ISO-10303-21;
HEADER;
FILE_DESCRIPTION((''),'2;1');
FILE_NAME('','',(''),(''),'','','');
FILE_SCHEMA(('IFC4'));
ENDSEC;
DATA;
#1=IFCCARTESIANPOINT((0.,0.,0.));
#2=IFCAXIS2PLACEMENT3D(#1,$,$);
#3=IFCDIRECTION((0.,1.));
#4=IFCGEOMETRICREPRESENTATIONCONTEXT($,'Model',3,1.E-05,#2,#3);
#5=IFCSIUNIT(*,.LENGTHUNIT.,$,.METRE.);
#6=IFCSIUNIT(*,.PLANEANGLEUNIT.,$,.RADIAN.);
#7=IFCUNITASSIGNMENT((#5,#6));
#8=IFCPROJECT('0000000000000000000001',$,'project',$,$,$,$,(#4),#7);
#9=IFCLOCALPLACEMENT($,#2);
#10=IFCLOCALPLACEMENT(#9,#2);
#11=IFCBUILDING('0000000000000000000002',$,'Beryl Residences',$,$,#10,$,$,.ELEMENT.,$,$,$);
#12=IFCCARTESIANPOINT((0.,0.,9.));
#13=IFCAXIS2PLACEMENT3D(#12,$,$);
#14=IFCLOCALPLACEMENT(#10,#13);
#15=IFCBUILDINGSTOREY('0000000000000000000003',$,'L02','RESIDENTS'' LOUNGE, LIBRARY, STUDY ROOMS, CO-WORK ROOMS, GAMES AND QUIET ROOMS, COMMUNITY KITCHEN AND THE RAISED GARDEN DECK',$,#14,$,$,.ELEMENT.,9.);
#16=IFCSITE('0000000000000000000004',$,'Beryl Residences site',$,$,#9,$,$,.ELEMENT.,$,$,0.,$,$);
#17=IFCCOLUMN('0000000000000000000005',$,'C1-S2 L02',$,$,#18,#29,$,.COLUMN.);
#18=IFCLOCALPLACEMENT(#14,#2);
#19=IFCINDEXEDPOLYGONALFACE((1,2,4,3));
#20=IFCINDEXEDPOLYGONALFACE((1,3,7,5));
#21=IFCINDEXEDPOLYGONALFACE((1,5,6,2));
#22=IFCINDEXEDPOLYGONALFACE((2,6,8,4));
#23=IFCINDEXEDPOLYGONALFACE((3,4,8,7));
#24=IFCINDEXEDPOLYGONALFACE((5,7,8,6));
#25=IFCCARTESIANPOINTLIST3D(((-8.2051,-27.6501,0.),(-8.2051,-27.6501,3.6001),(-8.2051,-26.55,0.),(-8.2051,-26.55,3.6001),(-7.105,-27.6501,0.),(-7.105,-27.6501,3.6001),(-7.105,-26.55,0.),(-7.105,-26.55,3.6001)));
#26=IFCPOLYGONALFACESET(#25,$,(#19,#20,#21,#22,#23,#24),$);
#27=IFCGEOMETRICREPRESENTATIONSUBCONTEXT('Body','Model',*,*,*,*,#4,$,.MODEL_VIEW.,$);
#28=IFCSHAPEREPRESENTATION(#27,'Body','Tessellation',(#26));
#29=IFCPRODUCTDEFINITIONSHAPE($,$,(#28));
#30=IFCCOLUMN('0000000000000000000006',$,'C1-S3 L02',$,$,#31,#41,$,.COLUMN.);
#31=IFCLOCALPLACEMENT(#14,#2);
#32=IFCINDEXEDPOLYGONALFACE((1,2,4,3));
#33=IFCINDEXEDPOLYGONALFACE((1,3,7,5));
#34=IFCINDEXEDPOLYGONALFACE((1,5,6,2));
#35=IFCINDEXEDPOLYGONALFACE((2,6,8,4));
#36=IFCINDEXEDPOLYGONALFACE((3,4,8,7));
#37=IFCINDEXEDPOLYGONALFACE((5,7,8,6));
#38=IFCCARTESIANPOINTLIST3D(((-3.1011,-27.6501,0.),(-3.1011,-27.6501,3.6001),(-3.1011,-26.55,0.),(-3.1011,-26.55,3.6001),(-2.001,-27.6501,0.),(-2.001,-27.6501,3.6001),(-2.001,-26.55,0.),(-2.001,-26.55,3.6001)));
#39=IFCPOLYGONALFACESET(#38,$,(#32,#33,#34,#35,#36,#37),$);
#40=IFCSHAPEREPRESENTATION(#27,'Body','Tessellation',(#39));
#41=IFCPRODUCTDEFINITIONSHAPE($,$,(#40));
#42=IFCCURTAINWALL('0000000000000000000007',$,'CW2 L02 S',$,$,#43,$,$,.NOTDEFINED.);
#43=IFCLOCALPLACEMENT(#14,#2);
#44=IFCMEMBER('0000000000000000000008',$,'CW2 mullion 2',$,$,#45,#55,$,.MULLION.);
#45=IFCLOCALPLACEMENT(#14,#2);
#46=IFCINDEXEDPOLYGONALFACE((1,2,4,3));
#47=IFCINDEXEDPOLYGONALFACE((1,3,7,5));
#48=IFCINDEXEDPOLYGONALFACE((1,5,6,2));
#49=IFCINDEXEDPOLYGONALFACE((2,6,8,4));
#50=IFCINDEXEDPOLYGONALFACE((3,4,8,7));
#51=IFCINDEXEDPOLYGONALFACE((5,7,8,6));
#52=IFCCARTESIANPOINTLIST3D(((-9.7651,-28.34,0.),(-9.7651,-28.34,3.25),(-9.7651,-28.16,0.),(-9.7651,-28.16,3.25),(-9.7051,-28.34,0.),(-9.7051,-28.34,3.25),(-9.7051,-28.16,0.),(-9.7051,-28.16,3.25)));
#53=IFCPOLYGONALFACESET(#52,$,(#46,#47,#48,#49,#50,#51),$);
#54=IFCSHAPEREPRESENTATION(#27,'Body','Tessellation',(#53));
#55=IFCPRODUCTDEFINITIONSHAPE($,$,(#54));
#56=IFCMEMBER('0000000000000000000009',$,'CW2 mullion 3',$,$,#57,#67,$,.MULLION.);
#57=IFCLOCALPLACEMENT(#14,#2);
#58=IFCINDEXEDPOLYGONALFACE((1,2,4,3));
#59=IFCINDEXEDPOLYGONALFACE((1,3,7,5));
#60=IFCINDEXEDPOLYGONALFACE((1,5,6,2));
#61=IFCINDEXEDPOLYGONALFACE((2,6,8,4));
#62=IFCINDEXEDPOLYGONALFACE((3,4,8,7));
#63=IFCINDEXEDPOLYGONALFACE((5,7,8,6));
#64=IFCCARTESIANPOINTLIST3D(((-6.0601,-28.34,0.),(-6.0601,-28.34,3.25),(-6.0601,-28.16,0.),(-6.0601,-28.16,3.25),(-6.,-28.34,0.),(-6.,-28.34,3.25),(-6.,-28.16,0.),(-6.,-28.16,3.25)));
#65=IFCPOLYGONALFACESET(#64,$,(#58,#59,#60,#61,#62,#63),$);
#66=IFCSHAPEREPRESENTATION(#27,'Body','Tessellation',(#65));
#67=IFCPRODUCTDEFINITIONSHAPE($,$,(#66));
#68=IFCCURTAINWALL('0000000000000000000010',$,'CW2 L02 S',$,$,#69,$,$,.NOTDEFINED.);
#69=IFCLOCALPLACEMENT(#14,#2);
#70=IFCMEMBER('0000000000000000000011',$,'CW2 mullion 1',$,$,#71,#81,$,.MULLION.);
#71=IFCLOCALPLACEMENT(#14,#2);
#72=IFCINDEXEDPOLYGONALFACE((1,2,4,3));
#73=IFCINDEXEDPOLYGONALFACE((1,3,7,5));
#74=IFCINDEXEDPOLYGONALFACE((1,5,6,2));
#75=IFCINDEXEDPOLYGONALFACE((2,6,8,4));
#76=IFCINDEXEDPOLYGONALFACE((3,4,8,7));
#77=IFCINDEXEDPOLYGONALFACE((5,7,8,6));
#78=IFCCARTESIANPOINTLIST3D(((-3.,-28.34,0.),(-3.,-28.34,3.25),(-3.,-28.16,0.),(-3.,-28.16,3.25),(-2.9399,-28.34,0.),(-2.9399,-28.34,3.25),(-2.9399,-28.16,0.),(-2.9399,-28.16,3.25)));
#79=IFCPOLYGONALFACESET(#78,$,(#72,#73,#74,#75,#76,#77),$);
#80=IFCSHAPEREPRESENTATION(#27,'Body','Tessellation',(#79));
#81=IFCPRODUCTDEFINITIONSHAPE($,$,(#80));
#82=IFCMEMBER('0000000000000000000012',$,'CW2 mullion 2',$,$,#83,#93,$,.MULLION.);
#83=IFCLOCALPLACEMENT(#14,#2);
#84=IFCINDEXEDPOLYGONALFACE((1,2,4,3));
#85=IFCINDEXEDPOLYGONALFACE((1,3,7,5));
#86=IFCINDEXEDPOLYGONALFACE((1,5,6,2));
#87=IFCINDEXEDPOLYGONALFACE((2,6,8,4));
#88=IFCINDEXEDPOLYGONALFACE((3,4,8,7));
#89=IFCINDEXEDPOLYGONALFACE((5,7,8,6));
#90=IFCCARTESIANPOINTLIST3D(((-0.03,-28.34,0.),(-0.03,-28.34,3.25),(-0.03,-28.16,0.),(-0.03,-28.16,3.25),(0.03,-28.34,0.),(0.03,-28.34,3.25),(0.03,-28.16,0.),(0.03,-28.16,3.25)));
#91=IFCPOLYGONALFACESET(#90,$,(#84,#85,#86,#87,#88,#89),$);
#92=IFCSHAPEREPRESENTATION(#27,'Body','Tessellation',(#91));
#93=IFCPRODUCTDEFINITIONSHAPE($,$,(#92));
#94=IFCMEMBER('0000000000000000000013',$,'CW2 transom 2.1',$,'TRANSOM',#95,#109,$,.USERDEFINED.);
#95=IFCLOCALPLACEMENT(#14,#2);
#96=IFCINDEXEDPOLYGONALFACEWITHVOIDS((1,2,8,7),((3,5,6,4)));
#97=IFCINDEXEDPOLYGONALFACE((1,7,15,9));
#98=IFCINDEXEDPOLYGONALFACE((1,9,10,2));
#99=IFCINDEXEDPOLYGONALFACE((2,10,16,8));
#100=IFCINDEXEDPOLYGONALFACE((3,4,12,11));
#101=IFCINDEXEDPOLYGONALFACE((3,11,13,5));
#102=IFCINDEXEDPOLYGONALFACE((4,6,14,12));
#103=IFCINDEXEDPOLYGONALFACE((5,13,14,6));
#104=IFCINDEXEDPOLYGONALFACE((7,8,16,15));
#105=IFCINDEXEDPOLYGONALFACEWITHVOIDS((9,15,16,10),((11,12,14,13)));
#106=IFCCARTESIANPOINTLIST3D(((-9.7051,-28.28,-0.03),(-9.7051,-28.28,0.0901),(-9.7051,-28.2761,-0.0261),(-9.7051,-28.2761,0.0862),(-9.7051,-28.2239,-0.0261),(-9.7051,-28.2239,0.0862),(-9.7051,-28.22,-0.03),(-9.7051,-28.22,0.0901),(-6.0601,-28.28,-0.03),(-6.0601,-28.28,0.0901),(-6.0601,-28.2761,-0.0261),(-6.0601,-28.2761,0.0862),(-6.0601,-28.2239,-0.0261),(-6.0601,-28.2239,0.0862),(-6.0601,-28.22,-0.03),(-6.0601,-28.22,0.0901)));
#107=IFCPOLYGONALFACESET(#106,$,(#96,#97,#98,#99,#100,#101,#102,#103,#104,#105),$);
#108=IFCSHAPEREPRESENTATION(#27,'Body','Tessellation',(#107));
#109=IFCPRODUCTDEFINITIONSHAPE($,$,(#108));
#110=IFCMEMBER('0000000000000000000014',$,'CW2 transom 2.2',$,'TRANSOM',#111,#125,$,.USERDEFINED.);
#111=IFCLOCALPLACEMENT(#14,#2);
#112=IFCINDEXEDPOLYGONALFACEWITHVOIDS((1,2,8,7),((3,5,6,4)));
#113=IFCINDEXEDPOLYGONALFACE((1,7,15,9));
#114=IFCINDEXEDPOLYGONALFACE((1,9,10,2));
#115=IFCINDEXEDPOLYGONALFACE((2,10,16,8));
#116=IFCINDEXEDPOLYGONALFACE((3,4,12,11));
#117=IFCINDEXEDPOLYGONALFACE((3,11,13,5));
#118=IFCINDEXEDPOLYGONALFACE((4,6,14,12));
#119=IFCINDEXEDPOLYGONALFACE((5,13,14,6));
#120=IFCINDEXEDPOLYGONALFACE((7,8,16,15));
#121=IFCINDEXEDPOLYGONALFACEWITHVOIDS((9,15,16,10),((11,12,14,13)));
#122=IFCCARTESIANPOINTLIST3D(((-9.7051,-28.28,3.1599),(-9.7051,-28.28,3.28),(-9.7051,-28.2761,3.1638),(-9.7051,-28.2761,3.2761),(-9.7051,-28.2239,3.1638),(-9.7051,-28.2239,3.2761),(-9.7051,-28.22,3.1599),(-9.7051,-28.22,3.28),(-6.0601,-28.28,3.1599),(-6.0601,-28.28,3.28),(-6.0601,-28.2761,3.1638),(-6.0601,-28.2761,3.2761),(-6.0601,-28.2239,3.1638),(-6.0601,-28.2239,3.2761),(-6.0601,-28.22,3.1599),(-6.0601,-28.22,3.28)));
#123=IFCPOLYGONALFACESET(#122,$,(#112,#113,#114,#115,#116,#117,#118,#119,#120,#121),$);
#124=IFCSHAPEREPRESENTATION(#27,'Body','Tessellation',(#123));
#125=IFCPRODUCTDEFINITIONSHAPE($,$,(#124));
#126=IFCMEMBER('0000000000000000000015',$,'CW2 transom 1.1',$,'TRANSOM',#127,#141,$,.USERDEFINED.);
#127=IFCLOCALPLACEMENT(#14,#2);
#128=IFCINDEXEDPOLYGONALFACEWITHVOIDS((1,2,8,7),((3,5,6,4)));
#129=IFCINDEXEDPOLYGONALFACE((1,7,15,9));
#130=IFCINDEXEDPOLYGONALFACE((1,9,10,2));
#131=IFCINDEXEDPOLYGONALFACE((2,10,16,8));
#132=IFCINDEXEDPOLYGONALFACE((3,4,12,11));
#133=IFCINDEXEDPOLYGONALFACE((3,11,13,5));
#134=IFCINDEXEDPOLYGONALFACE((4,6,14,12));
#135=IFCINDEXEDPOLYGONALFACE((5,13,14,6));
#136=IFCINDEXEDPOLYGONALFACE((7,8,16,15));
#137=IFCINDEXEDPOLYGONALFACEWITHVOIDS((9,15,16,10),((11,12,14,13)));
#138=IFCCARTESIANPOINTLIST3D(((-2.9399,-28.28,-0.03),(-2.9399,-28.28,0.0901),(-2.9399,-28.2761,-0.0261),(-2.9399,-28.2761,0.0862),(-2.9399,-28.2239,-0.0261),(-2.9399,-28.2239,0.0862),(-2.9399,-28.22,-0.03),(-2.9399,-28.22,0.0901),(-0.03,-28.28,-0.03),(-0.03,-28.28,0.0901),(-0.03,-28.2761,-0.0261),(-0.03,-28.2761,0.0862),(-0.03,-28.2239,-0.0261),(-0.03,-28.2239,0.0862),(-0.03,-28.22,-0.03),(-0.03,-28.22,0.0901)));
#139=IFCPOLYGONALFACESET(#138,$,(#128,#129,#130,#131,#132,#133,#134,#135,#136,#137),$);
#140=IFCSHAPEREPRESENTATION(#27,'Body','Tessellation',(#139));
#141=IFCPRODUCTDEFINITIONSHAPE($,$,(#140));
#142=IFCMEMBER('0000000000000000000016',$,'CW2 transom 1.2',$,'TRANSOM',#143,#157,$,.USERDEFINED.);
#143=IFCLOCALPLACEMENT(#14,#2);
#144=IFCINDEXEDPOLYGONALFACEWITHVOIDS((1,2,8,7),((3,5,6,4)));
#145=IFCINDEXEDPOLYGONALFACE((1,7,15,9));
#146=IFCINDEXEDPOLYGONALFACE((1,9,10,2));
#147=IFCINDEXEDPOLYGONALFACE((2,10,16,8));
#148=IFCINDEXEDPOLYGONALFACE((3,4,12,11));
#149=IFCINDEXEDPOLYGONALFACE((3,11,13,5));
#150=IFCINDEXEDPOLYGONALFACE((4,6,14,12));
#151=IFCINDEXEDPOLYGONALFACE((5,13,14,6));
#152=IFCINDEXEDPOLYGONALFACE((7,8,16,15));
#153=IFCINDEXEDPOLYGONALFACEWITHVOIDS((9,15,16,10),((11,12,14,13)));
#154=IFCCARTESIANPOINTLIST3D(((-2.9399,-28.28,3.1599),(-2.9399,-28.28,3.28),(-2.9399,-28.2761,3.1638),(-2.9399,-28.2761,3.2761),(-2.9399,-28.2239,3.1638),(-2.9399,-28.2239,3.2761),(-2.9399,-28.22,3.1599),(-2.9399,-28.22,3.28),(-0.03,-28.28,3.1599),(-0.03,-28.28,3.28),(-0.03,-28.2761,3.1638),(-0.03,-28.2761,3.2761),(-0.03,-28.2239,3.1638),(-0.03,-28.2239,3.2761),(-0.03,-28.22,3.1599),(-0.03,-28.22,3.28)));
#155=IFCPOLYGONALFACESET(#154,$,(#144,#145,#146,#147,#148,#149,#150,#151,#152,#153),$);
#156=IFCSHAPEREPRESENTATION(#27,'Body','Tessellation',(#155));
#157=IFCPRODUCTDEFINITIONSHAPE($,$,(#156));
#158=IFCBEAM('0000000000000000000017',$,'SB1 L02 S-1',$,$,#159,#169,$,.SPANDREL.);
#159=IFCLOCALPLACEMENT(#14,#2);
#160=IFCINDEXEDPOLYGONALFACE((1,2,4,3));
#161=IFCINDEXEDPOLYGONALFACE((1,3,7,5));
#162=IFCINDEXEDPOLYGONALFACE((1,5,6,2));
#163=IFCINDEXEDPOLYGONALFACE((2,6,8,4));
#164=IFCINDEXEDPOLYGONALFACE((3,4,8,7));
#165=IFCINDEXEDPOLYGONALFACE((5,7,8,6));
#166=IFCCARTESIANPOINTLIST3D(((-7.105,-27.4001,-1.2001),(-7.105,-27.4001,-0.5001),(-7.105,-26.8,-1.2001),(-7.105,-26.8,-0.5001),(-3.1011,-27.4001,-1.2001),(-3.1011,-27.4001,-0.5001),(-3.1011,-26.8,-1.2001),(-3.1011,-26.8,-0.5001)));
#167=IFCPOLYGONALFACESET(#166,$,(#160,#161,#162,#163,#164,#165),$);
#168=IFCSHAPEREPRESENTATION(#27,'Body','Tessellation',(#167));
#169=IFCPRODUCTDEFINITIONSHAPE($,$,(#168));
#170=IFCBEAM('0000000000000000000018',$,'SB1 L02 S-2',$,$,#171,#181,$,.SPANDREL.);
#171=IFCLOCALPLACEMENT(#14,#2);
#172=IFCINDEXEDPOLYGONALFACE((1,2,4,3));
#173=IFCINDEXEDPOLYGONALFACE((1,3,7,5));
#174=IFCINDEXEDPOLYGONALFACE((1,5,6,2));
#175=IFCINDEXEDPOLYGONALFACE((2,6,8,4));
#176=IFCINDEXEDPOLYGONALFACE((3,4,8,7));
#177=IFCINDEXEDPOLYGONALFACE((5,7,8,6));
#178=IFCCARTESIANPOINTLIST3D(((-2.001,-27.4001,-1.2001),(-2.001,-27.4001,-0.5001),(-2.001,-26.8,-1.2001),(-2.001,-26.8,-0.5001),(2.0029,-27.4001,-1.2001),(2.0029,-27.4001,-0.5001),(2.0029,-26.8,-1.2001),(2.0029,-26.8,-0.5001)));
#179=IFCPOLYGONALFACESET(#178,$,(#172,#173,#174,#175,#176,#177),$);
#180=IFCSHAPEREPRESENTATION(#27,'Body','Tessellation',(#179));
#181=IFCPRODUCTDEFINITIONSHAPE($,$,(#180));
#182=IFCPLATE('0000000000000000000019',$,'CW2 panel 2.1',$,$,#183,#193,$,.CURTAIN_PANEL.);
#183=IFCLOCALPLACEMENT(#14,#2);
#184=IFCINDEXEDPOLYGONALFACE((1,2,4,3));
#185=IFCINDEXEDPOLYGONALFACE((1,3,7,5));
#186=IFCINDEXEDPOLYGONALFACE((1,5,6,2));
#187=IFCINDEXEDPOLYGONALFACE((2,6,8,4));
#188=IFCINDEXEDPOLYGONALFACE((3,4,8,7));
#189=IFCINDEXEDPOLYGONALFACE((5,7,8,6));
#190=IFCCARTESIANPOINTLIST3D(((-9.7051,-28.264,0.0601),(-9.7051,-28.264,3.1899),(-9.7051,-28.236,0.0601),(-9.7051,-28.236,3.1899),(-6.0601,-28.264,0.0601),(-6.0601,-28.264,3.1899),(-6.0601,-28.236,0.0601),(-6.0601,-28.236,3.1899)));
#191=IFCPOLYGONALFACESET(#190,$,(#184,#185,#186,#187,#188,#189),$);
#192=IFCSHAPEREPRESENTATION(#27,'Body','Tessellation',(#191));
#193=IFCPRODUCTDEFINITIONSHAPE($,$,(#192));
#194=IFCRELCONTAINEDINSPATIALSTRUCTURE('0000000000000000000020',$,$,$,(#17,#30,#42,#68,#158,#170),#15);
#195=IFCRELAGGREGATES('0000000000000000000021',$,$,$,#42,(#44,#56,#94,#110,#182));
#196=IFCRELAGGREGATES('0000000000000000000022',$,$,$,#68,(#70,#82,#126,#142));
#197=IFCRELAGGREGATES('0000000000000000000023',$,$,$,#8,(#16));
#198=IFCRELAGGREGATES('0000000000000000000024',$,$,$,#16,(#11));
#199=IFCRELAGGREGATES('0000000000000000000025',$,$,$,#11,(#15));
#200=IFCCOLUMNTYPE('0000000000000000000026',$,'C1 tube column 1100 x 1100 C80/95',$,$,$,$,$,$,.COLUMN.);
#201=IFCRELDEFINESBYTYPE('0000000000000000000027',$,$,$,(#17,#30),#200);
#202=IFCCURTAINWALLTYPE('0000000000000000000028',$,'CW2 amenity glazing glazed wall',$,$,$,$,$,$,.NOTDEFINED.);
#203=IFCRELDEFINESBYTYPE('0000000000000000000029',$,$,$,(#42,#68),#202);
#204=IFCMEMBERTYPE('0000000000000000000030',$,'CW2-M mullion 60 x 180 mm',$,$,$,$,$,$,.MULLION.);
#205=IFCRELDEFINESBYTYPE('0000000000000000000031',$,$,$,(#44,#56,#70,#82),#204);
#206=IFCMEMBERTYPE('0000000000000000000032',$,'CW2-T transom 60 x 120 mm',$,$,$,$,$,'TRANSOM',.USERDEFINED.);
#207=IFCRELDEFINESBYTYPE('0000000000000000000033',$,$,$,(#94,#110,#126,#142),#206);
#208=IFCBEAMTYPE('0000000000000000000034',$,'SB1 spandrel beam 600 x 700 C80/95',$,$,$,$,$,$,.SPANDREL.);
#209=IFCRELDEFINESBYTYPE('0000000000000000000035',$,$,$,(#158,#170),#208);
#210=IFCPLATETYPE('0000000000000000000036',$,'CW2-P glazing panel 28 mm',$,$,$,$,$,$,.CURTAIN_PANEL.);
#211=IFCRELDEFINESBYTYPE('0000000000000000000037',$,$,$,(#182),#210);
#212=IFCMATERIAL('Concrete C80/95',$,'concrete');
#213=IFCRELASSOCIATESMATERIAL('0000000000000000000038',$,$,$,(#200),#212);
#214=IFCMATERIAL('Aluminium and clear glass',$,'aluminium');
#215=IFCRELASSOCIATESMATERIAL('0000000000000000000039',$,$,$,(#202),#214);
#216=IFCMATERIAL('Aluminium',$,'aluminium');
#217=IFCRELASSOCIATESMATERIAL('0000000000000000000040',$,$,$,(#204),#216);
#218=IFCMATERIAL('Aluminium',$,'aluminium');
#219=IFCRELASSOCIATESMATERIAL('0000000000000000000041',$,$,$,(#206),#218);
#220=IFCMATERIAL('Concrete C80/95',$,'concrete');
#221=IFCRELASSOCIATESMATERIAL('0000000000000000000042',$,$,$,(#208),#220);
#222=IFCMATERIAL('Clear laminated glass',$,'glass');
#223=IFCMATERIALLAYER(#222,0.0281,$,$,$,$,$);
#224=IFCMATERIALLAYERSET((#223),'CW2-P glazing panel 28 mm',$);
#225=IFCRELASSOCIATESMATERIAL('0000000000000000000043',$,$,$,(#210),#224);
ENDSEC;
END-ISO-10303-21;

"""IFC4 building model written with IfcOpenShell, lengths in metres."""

from ifc_helpers import new_model, si_unit, direction, frame, origin, origin_2d, place, context, subcontext, project, spatial, rectangle, hollow_rectangle, extrude, material, layer, layer_set, material_profile, profile_set, type_object, element, aggregate, save


model = new_model("IFC4")

# Units and contexts
model_context = context("Model", 3, precision=1e-05, world=origin(), true_north=direction((0.0, 1.0)))
body_context = subcontext(model_context, "Body", "Model", "MODEL_VIEW")
ifc_project = project(units=[si_unit("LENGTHUNIT", "METRE"), si_unit("PLANEANGLEUNIT", "RADIAN")], contexts=[model_context])

# Site, building, storey
site_placement = place(None, origin())
site = spatial("IfcSite", under=ifc_project, at=site_placement, Name="Beryl Residences site", CompositionType="ELEMENT", RefElevation=0.0)
building_placement = place(site_placement, origin())
building = spatial("IfcBuilding", under=site, at=building_placement, Name="Beryl Residences", CompositionType="ELEMENT")
storey_placement = place(building_placement, frame((0.0, 0.0, 9.0)))
storey = spatial("IfcBuildingStorey", under=building, at=storey_placement, Name="L02", Description="RESIDENTS' LOUNGE, LIBRARY, STUDY ROOMS, CO-WORK ROOMS, GAMES AND QUIET ROOMS, COMMUNITY KITCHEN AND THE RAISED GARDEN DECK", CompositionType="ELEMENT", Elevation=9.0)

# Columns
ifc_material_1 = material(Name="Concrete C80/95", Category="concrete")
ifc_material_profile_1 = material_profile(ifc_material_1, rectangle(XDim=1.1001, YDim=1.1001, at=origin_2d()))
ifc_profile_set_1 = profile_set([ifc_material_profile_1], Name="Concrete C80/95")
column_type = type_object("IfcColumnType", Name="C1 tube column 1100 x 1100 C80/95", PredefinedType="COLUMN", material=ifc_profile_set_1)
for number, where, z_axis, x_axis, name in (
    (1, (-7.655, -27.1001, 0.0), (0.0, 0.0, 1.0), (1.0, 0.0, 0.0), "C1-S2 L02"),
    (2, (-2.551, -27.1001, 0.0), (0.0, 0.0, 1.0), (1.0, 0.0, 0.0), "C1-S3 L02"),
):
    element("IfcColumn", number, at=place(storey_placement, frame(where, z_axis=z_axis, x_axis=x_axis)), inside=storey, type_object=column_type, Name=name, PredefinedType="COLUMN", context=body_context, shape_type="SweptSolid", body=[
        extrude(rectangle(XDim=1.1001, YDim=1.1001, at=origin_2d()), origin(), (0.0, 0.0, 1.0), 3.6001),
    ])

# Curtain walls, members
ifc_material_2 = material(Name="Aluminium and clear glass", Category="aluminium")
curtain_wall_type = type_object("IfcCurtainWallType", Name="CW2 amenity glazing glazed wall", PredefinedType="NOTDEFINED", material=ifc_material_2)
curtain_wall_1_placement = place(storey_placement, origin())
curtain_wall_1 = element("IfcCurtainWall", 3, at=curtain_wall_1_placement, inside=storey, type_object=curtain_wall_type, Name="CW2 L02 S", PredefinedType="NOTDEFINED")
ifc_material_3 = material(Name="Aluminium", Category="aluminium")
ifc_material_profile_2 = material_profile(ifc_material_3, rectangle(XDim=0.0601, YDim=0.1799, at=origin_2d()))
ifc_profile_set_2 = profile_set([ifc_material_profile_2], Name="Aluminium")
member_type_1 = type_object("IfcMemberType", Name="CW2-M mullion 60 x 180 mm", PredefinedType="MULLION", material=ifc_profile_set_2)
member_1_placement = place(storey_placement, frame((-9.7351, -28.25, 0.0), z_axis=(0.0, 0.0, 1.0), x_axis=(1.0, 0.0, 0.0)))
member_1 = element("IfcMember", 4, at=member_1_placement, type_object=member_type_1, Name="CW2 mullion 2", PredefinedType="MULLION", context=body_context, shape_type="SweptSolid", body=[
    extrude(rectangle(XDim=0.0601, YDim=0.1799, at=origin_2d()), origin(), (0.0, 0.0, 1.0), 3.25),
])
member_2_placement = place(storey_placement, frame((-6.03, -28.25, 0.0), z_axis=(0.0, 0.0, 1.0), x_axis=(1.0, 0.0, 0.0)))
member_2 = element("IfcMember", 5, at=member_2_placement, type_object=member_type_1, Name="CW2 mullion 3", PredefinedType="MULLION", context=body_context, shape_type="SweptSolid", body=[
    extrude(rectangle(XDim=0.0601, YDim=0.1799, at=origin_2d()), origin(), (0.0, 0.0, 1.0), 3.25),
])
curtain_wall_2_placement = place(storey_placement, origin())
curtain_wall_2 = element("IfcCurtainWall", 6, at=curtain_wall_2_placement, inside=storey, type_object=curtain_wall_type, Name="CW2 L02 S", PredefinedType="NOTDEFINED")
member_3_placement = place(storey_placement, frame((-2.97, -28.25, 0.0), z_axis=(0.0, 0.0, 1.0), x_axis=(1.0, 0.0, 0.0)))
member_3 = element("IfcMember", 7, at=member_3_placement, type_object=member_type_1, Name="CW2 mullion 1", PredefinedType="MULLION", context=body_context, shape_type="SweptSolid", body=[
    extrude(rectangle(XDim=0.0601, YDim=0.1799, at=origin_2d()), origin(), (0.0, 0.0, 1.0), 3.25),
])
member_4_placement = place(storey_placement, frame((0.0, -28.25, 0.0), z_axis=(0.0, 0.0, 1.0), x_axis=(1.0, 0.0, 0.0)))
member_4 = element("IfcMember", 8, at=member_4_placement, type_object=member_type_1, Name="CW2 mullion 2", PredefinedType="MULLION", context=body_context, shape_type="SweptSolid", body=[
    extrude(rectangle(XDim=0.0601, YDim=0.1799, at=origin_2d()), origin(), (0.0, 0.0, 1.0), 3.25),
])

# Members
ifc_material_4 = material(Name="Aluminium", Category="aluminium")
ifc_material_profile_3 = material_profile(ifc_material_4, hollow_rectangle(XDim=0.0601, YDim=0.1201, WallThickness=0.0039, at=origin_2d()))
ifc_profile_set_3 = profile_set([ifc_material_profile_3], Name="Aluminium")
member_type_2 = type_object("IfcMemberType", Name="CW2-T transom 60 x 120 mm", ElementType="TRANSOM", PredefinedType="USERDEFINED", material=ifc_profile_set_3)
member_5_placement = place(storey_placement, frame((-9.7051, -28.25, 0.03), z_axis=(1.0, 0.0, 0.0), x_axis=(0.0, 1.0, 0.0)))
member_5 = element("IfcMember", 9, at=member_5_placement, type_object=member_type_2, Name="CW2 transom 2.1", ObjectType="TRANSOM", PredefinedType="USERDEFINED", context=body_context, shape_type="SweptSolid", body=[
    extrude(hollow_rectangle(XDim=0.0601, YDim=0.1201, WallThickness=0.0039, at=origin_2d()), origin(), (0.0, 0.0, 1.0), 3.645),
])
member_6_placement = place(storey_placement, frame((-9.7051, -28.25, 3.22), z_axis=(1.0, 0.0, 0.0), x_axis=(0.0, 1.0, 0.0)))
member_6 = element("IfcMember", 10, at=member_6_placement, type_object=member_type_2, Name="CW2 transom 2.2", ObjectType="TRANSOM", PredefinedType="USERDEFINED", context=body_context, shape_type="SweptSolid", body=[
    extrude(hollow_rectangle(XDim=0.0601, YDim=0.1201, WallThickness=0.0039, at=origin_2d()), origin(), (0.0, 0.0, 1.0), 3.645),
])
member_7_placement = place(storey_placement, frame((-2.9399, -28.25, 0.03), z_axis=(1.0, 0.0, 0.0), x_axis=(0.0, 1.0, 0.0)))
member_7 = element("IfcMember", 11, at=member_7_placement, type_object=member_type_2, Name="CW2 transom 1.1", ObjectType="TRANSOM", PredefinedType="USERDEFINED", context=body_context, shape_type="SweptSolid", body=[
    extrude(hollow_rectangle(XDim=0.0601, YDim=0.1201, WallThickness=0.0039, at=origin_2d()), origin(), (0.0, 0.0, 1.0), 2.9099),
])
member_8_placement = place(storey_placement, frame((-2.9399, -28.25, 3.22), z_axis=(1.0, 0.0, 0.0), x_axis=(0.0, 1.0, 0.0)))
member_8 = element("IfcMember", 12, at=member_8_placement, type_object=member_type_2, Name="CW2 transom 1.2", ObjectType="TRANSOM", PredefinedType="USERDEFINED", context=body_context, shape_type="SweptSolid", body=[
    extrude(hollow_rectangle(XDim=0.0601, YDim=0.1201, WallThickness=0.0039, at=origin_2d()), origin(), (0.0, 0.0, 1.0), 2.9099),
])

# Beams
ifc_material_5 = material(Name="Concrete C80/95", Category="concrete")
ifc_material_profile_4 = material_profile(ifc_material_5, rectangle(XDim=0.6001, YDim=0.7, at=origin_2d()))
ifc_profile_set_4 = profile_set([ifc_material_profile_4], Name="Concrete C80/95")
beam_type = type_object("IfcBeamType", Name="SB1 spandrel beam 600 x 700 C80/95", PredefinedType="SPANDREL", material=ifc_profile_set_4)
for number, where, z_axis, x_axis, name in (
    (13, (-7.105, -27.1001, -0.8501), (1.0, 0.0, 0.0), (0.0, 1.0, 0.0), "SB1 L02 S-1"),
    (14, (-2.001, -27.1001, -0.8501), (1.0, 0.0, 0.0), (0.0, 1.0, 0.0), "SB1 L02 S-2"),
):
    element("IfcBeam", number, at=place(storey_placement, frame(where, z_axis=z_axis, x_axis=x_axis)), inside=storey, type_object=beam_type, Name=name, PredefinedType="SPANDREL", context=body_context, shape_type="SweptSolid", body=[
        extrude(rectangle(XDim=0.6001, YDim=0.7, at=origin_2d()), origin(), (0.0, 0.0, 1.0), 4.0039),
    ])

# Plate
ifc_material_6 = material(Name="Clear laminated glass", Category="glass")
ifc_layer_1 = layer(ifc_material_6, 0.0281)
ifc_layer_set_1 = layer_set([ifc_layer_1], Name="CW2-P glazing panel 28 mm")
plate_type = type_object("IfcPlateType", Name="CW2-P glazing panel 28 mm", PredefinedType="CURTAIN_PANEL", material=ifc_layer_set_1)
plate_1_placement = place(storey_placement, frame((-7.8826, -28.25, 0.0601), z_axis=(0.0, 0.0, 1.0), x_axis=(1.0, 0.0, 0.0)))
plate_1 = element("IfcPlate", 15, at=plate_1_placement, type_object=plate_type, Name="CW2 panel 2.1", PredefinedType="CURTAIN_PANEL", context=body_context, shape_type="SweptSolid", body=[
    extrude(rectangle(XDim=3.645, YDim=0.0281, at=origin_2d()), origin(), (0.0, 0.0, 1.0), 3.1299),
])
aggregate(curtain_wall_1, [member_1, member_2, member_5, member_6, plate_1])
aggregate(curtain_wall_2, [member_3, member_4, member_7, member_8])

save(model, "model.ifc")
